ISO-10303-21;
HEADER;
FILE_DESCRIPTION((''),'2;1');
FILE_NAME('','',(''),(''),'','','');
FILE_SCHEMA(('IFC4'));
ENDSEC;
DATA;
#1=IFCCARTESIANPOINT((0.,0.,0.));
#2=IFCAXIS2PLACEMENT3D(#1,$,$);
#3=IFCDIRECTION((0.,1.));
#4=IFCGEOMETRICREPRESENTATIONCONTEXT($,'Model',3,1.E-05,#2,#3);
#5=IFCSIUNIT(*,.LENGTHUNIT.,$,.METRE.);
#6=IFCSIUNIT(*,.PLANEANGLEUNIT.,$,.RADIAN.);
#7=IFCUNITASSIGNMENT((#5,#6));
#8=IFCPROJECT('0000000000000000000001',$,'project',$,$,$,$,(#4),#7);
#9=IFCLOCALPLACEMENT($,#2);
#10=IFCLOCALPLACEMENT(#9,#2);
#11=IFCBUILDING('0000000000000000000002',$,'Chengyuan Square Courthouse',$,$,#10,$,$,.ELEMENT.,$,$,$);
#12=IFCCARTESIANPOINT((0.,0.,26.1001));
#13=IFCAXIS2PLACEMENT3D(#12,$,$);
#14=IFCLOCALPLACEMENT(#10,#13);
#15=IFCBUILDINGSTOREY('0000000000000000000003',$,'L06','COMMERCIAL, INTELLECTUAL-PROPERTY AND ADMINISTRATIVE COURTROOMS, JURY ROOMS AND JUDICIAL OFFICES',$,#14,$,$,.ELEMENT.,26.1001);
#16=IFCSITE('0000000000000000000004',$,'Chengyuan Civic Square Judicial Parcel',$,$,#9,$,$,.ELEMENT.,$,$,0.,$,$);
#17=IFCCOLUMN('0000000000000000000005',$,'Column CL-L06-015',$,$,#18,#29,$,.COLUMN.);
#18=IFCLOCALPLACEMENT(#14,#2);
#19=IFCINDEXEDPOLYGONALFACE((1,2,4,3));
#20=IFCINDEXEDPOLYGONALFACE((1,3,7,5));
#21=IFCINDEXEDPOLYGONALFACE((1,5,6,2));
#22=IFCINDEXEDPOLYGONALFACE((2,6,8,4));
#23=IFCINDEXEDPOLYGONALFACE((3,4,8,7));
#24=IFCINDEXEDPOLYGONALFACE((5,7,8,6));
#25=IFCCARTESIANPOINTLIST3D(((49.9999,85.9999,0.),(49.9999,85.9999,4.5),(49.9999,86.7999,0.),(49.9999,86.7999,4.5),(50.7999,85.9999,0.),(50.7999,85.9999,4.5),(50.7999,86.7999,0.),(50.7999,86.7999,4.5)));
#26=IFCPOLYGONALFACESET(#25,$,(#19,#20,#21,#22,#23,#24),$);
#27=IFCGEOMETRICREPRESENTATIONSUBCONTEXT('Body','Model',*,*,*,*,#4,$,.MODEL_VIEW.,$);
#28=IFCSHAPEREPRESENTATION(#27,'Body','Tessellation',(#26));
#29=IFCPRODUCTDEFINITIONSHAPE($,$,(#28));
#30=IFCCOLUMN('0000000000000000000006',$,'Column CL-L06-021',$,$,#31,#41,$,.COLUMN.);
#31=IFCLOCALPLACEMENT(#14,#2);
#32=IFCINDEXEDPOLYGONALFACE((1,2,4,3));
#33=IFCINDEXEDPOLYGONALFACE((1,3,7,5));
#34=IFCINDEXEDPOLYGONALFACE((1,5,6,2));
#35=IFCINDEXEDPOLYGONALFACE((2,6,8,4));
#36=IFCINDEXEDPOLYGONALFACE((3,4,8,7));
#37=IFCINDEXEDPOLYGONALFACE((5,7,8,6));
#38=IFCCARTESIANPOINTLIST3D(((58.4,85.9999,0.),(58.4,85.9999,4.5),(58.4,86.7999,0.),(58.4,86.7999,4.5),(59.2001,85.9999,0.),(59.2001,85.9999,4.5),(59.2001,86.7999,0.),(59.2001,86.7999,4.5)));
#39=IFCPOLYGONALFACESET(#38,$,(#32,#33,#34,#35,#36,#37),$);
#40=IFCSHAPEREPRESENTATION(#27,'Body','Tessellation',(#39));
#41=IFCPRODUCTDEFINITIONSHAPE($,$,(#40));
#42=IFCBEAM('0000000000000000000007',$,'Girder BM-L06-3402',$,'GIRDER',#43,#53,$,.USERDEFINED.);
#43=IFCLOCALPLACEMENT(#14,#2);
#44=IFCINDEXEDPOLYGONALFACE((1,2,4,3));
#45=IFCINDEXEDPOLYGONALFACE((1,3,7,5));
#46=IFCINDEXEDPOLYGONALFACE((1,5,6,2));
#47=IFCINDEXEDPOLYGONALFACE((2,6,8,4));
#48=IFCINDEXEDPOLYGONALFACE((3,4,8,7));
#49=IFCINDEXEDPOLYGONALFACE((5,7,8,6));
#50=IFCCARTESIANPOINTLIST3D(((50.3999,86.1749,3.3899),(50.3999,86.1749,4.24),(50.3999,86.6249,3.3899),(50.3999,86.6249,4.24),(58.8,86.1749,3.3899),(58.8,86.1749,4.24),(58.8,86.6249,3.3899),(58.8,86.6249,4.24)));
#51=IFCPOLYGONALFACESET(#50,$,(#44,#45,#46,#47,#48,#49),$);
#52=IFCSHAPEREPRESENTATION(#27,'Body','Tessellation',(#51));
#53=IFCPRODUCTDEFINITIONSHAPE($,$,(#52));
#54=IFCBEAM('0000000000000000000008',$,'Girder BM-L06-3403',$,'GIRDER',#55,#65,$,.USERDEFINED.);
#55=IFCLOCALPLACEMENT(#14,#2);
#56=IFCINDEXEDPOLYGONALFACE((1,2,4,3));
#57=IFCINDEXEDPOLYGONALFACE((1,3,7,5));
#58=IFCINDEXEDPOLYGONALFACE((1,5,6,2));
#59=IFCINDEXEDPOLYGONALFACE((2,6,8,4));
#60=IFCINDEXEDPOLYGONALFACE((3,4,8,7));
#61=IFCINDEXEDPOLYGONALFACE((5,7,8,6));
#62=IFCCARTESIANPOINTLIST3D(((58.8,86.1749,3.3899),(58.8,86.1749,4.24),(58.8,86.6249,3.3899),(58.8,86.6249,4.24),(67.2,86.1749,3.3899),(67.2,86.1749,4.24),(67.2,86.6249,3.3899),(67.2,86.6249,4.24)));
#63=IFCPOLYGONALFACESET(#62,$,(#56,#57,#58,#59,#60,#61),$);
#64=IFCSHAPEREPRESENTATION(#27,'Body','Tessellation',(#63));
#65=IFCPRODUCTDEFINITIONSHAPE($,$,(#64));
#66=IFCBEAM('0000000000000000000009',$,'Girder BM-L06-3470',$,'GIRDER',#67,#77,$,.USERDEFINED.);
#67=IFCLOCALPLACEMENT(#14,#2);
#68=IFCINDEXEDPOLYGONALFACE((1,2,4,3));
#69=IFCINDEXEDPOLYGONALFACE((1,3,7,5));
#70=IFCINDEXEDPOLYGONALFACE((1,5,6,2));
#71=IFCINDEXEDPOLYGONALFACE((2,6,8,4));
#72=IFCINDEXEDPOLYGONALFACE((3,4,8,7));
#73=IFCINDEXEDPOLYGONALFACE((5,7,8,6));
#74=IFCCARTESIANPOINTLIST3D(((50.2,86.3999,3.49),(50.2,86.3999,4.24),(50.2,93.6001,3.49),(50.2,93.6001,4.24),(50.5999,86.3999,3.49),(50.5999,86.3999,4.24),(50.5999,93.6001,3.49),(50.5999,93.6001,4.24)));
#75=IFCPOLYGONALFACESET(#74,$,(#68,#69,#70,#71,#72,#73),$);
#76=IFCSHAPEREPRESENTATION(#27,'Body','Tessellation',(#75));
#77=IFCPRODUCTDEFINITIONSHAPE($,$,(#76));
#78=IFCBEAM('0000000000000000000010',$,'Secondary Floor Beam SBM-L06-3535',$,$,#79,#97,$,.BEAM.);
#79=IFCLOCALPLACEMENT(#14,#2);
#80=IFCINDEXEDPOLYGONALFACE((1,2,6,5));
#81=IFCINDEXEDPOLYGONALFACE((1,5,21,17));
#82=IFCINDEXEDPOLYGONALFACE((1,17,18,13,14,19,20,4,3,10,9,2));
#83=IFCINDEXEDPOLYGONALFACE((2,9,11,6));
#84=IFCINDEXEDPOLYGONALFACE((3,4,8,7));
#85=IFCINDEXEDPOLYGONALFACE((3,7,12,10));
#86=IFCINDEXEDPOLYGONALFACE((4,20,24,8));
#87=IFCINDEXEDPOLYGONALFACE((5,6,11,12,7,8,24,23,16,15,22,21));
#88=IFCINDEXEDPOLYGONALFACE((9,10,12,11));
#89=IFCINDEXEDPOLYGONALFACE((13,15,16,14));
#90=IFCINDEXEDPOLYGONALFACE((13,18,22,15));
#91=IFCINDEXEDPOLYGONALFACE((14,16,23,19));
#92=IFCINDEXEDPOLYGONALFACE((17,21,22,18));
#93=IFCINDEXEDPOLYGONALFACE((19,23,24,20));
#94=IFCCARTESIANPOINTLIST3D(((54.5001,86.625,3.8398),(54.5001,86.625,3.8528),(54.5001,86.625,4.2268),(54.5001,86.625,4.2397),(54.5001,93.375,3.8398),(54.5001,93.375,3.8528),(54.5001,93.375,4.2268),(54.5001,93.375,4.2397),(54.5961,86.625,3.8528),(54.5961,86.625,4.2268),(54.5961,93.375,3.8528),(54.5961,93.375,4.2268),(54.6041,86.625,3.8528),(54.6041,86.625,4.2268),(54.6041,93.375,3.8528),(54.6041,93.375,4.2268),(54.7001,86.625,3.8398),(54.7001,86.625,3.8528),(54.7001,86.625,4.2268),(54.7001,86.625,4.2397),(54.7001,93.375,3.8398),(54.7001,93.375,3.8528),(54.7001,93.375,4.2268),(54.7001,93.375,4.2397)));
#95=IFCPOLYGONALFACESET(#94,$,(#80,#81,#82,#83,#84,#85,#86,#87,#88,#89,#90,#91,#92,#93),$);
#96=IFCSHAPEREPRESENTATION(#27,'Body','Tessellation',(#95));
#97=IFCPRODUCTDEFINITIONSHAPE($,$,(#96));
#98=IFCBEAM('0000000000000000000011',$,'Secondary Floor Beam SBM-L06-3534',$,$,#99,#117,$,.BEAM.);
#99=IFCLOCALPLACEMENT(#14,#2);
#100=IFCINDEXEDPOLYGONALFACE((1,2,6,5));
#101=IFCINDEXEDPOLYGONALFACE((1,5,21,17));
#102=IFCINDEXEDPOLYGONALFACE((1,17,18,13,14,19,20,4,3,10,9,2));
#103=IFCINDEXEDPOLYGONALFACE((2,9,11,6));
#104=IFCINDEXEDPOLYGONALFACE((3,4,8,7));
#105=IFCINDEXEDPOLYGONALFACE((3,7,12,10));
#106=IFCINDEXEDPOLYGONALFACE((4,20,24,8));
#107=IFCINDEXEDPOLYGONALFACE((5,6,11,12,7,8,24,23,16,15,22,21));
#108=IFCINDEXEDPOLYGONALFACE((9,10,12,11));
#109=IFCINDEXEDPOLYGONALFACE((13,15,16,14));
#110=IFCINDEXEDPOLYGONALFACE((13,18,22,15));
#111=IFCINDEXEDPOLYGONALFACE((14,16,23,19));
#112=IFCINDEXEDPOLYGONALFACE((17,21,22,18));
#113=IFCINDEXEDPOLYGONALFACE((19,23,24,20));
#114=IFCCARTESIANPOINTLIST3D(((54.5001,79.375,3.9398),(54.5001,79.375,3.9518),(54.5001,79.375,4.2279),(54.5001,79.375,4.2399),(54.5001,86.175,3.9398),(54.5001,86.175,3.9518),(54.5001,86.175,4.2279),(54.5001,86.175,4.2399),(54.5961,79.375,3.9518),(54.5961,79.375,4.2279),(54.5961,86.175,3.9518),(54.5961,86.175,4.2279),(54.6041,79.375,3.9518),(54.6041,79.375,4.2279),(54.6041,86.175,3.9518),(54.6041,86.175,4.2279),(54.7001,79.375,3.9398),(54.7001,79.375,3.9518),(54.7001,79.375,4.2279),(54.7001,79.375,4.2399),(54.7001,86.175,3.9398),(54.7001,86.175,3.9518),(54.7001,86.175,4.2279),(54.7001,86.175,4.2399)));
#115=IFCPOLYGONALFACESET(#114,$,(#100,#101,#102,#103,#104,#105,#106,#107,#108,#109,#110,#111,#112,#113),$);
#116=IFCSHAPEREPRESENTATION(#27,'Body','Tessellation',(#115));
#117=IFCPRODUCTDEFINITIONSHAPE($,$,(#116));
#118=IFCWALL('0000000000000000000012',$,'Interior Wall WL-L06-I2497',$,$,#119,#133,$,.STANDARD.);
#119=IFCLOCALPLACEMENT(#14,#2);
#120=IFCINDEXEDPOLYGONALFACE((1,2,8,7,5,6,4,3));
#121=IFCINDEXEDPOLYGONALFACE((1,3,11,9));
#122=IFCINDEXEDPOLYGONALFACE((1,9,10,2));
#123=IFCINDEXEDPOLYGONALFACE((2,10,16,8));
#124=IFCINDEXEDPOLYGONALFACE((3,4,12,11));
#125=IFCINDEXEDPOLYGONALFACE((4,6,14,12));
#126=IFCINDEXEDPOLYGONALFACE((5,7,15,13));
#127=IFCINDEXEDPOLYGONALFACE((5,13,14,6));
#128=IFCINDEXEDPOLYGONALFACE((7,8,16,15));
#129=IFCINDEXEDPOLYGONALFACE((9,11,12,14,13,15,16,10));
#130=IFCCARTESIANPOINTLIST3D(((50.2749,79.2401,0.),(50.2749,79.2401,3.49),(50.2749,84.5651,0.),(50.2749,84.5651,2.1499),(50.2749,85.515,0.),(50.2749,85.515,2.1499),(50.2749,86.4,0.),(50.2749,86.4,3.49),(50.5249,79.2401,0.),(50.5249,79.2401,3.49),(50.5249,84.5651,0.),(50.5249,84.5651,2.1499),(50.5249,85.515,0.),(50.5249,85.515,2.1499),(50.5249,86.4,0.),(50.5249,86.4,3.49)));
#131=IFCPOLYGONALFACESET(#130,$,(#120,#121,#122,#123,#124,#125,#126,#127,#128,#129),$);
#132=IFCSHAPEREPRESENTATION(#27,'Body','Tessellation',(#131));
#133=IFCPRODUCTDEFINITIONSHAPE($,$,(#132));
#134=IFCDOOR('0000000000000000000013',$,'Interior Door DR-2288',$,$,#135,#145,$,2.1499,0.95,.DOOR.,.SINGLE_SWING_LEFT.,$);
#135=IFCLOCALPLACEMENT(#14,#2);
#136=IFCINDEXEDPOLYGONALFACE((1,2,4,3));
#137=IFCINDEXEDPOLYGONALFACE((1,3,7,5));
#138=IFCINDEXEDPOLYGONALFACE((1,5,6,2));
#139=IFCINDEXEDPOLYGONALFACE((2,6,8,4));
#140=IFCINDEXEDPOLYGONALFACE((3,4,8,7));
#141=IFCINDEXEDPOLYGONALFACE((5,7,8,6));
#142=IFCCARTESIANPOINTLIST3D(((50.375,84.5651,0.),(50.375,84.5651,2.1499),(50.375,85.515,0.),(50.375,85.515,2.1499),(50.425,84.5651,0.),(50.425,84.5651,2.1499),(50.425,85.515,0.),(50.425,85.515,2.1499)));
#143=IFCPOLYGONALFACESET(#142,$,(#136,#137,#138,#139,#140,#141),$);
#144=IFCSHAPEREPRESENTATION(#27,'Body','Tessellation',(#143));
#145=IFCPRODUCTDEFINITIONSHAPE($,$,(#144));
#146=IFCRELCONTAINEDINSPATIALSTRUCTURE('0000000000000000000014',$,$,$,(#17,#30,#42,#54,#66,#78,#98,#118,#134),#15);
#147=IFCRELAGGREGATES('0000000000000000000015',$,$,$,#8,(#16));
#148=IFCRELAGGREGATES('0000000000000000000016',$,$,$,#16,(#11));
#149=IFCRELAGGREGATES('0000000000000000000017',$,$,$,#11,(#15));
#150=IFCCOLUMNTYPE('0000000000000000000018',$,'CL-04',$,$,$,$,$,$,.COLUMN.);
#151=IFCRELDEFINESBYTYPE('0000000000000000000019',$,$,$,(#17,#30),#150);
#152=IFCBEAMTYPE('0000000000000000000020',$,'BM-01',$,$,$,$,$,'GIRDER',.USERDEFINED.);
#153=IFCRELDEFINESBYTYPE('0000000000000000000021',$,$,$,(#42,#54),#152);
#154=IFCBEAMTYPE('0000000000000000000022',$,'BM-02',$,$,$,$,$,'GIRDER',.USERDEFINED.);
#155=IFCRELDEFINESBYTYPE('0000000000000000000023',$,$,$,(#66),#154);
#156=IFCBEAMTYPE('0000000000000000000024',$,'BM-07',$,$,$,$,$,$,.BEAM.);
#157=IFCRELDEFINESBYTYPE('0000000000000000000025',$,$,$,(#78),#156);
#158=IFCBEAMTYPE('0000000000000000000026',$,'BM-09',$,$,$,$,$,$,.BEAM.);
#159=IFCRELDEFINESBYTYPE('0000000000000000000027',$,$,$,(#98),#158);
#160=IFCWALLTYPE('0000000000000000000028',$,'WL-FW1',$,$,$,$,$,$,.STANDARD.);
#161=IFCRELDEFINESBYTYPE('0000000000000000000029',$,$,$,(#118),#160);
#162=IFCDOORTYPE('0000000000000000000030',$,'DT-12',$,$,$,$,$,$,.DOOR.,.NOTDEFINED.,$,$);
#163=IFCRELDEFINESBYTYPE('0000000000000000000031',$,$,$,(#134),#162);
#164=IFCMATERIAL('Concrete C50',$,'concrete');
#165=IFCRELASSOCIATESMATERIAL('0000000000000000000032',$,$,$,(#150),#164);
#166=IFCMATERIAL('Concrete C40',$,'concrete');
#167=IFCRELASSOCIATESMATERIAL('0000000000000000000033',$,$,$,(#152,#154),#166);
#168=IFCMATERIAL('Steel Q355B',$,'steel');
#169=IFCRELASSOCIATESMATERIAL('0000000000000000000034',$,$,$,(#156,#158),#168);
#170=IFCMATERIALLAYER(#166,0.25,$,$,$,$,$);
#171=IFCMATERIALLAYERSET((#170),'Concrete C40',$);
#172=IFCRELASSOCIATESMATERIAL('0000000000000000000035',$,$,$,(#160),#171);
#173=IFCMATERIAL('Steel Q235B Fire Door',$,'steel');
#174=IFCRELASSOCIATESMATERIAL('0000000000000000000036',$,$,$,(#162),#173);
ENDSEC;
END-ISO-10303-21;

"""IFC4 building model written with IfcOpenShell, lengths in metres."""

from ifc_helpers import new_model, si_unit, direction, frame, frame_2d, origin, origin_2d, place, context, subcontext, project, spatial, rectangle, i_section, extrude, material, layer, layer_set, material_profile, profile_set, type_object, element, fill, save


model = new_model("IFC4")

# Units and contexts
model_context = context("Model", 3, precision=1e-05, world=origin(), true_north=direction((0.0, 1.0)))
body_context = subcontext(model_context, "Body", "Model", "MODEL_VIEW")
ifc_project = project(units=[si_unit("LENGTHUNIT", "METRE"), si_unit("PLANEANGLEUNIT", "RADIAN")], contexts=[model_context])

# Site, building, storey
site_placement = place(None, origin())
site = spatial("IfcSite", under=ifc_project, at=site_placement, Name="Chengyuan Civic Square Judicial Parcel", CompositionType="ELEMENT", RefElevation=0.0)
building_placement = place(site_placement, origin())
building = spatial("IfcBuilding", under=site, at=building_placement, Name="Chengyuan Square Courthouse", CompositionType="ELEMENT")
storey_placement = place(building_placement, frame((0.0, 0.0, 26.1001)))
storey = spatial("IfcBuildingStorey", under=building, at=storey_placement, Name="L06", Description="COMMERCIAL, INTELLECTUAL-PROPERTY AND ADMINISTRATIVE COURTROOMS, JURY ROOMS AND JUDICIAL OFFICES", CompositionType="ELEMENT", Elevation=26.1001)

# Columns
ifc_material_1 = material(Name="Concrete C50", Category="concrete")
ifc_material_profile_1 = material_profile(ifc_material_1, rectangle(XDim=0.8, YDim=0.8, at=origin_2d()), Name="RC-COL-800x800")
ifc_profile_set_1 = profile_set([ifc_material_profile_1], Name="Concrete C50")
column_type = type_object("IfcColumnType", Name="CL-04", PredefinedType="COLUMN", material=ifc_profile_set_1)
for number, where, z_axis, x_axis, name in (
    (1, (50.3999, 86.3999, 0.0), (0.0, 0.0, 1.0), (1.0, 0.0, 0.0), "Column CL-L06-015"),
    (2, (58.8, 86.3999, 0.0), (0.0, 0.0, 1.0), (1.0, 0.0, 0.0), "Column CL-L06-021"),
):
    element("IfcColumn", number, at=place(storey_placement, frame(where, z_axis=z_axis, x_axis=x_axis)), inside=storey, type_object=column_type, Name=name, PredefinedType="COLUMN", context=body_context, shape_type="SweptSolid", body=[
        extrude(rectangle(XDim=0.8, YDim=0.8, at=origin_2d()), origin(), (0.0, 0.0, 1.0), 4.5),
    ])

# Beams
ifc_material_2 = material(Name="Concrete C40", Category="concrete")
ifc_material_profile_2 = material_profile(ifc_material_2, rectangle(XDim=0.45, YDim=0.8501, at=origin_2d()), Name="RC-BM-450x850")
ifc_profile_set_2 = profile_set([ifc_material_profile_2], Name="Concrete C40")
beam_type_1 = type_object("IfcBeamType", Name="BM-01", ElementType="GIRDER", PredefinedType="USERDEFINED", material=ifc_profile_set_2)
beam_1_placement = place(storey_placement, frame((50.3999, 86.3999, 3.8149), z_axis=(1.0, 0.0, 0.0), x_axis=(0.0, 1.0, 0.0)))
element("IfcBeam", 3, at=beam_1_placement, inside=storey, type_object=beam_type_1, Name="Girder BM-L06-3402", ObjectType="GIRDER", PredefinedType="USERDEFINED", context=body_context, shape_type="SweptSolid", body=[
    extrude(rectangle(XDim=0.45, YDim=0.8501, at=origin_2d()), origin(), (0.0, 0.0, 1.0), 8.4001),
])
beam_2_placement = place(storey_placement, frame((58.8, 86.3999, 3.8149), z_axis=(1.0, 0.0, 0.0), x_axis=(0.0, 1.0, 0.0)))
element("IfcBeam", 4, at=beam_2_placement, inside=storey, type_object=beam_type_1, Name="Girder BM-L06-3403", ObjectType="GIRDER", PredefinedType="USERDEFINED", context=body_context, shape_type="SweptSolid", body=[
    extrude(rectangle(XDim=0.45, YDim=0.8501, at=origin_2d()), origin(), (0.0, 0.0, 1.0), 8.3999),
])
ifc_material_profile_3 = material_profile(ifc_material_2, rectangle(XDim=0.3999, YDim=0.75, at=origin_2d()), Name="RC-BM-400x750")
ifc_profile_set_3 = profile_set([ifc_material_profile_3], Name="Concrete C40")
beam_type_2 = type_object("IfcBeamType", Name="BM-02", ElementType="GIRDER", PredefinedType="USERDEFINED", material=ifc_profile_set_3)
beam_3_placement = place(storey_placement, frame((50.3999, 86.3999, 3.865), z_axis=(0.0, 1.0, 0.0), x_axis=(-1.0, 0.0, 0.0)))
element("IfcBeam", 5, at=beam_3_placement, inside=storey, type_object=beam_type_2, Name="Girder BM-L06-3470", ObjectType="GIRDER", PredefinedType="USERDEFINED", context=body_context, shape_type="SweptSolid", body=[
    extrude(rectangle(XDim=0.3999, YDim=0.75, at=origin_2d()), origin(), (0.0, 0.0, 1.0), 7.2002),
])
ifc_material_3 = material(Name="Steel Q355B", Category="steel")
ifc_material_profile_4 = material_profile(ifc_material_3, i_section(OverallWidth=0.2, OverallDepth=0.3999, WebThickness=0.0081, FlangeThickness=0.0129, at=origin_2d()), Name="HN 400x200x8x13")
ifc_profile_set_4 = profile_set([ifc_material_profile_4], Name="Steel Q355B")
beam_type_3 = type_object("IfcBeamType", Name="BM-07", PredefinedType="BEAM", material=ifc_profile_set_4)
beam_4_placement = place(storey_placement, frame((54.6001, 86.625, 4.0398), z_axis=(0.0, 1.0, 0.0), x_axis=(-1.0, 0.0, 0.0)))
element("IfcBeam", 6, at=beam_4_placement, inside=storey, type_object=beam_type_3, Name="Secondary Floor Beam SBM-L06-3535", PredefinedType="BEAM", context=body_context, shape_type="SweptSolid", body=[
    extrude(i_section(OverallWidth=0.2, OverallDepth=0.3999, WebThickness=0.0081, FlangeThickness=0.0129, at=origin_2d()), origin(), (0.0, 0.0, 1.0), 6.75),
])
ifc_material_profile_5 = material_profile(ifc_material_3, i_section(OverallWidth=0.2, OverallDepth=0.3, WebThickness=0.0081, FlangeThickness=0.012, at=origin_2d()), Name="HM 300x200x8x12")
ifc_profile_set_5 = profile_set([ifc_material_profile_5], Name="Steel Q355B")
beam_type_4 = type_object("IfcBeamType", Name="BM-09", PredefinedType="BEAM", material=ifc_profile_set_5)
beam_5_placement = place(storey_placement, frame((54.6001, 79.375, 4.0898), z_axis=(0.0, 1.0, 0.0), x_axis=(-1.0, 0.0, 0.0)))
element("IfcBeam", 7, at=beam_5_placement, inside=storey, type_object=beam_type_4, Name="Secondary Floor Beam SBM-L06-3534", PredefinedType="BEAM", context=body_context, shape_type="SweptSolid", body=[
    extrude(i_section(OverallWidth=0.2, OverallDepth=0.3, WebThickness=0.0081, FlangeThickness=0.012, at=origin_2d()), origin(), (0.0, 0.0, 1.0), 6.8),
])

# Wall, opening, door
ifc_layer_1 = layer(ifc_material_2, 0.25)
ifc_layer_set_1 = layer_set([ifc_layer_1], Name="Concrete C40")
wall_type_1 = type_object("IfcWallType", Name="WL-FW1", PredefinedType="STANDARD", material=ifc_layer_set_1)
wall_1_placement = place(storey_placement, frame((50.3999, 79.24, 0.0), z_axis=(0.0, 0.0, 1.0), x_axis=(0.0, 1.0, 0.0)))
wall_1 = element("IfcWall", 8, at=wall_1_placement, inside=storey, type_object=wall_type_1, Name="Interior Wall WL-L06-I2497", PredefinedType="STANDARD", context=body_context, shape_type="SweptSolid", body=[
    extrude(rectangle(XDim=7.1599, YDim=0.25, at=frame_2d((3.5801, 0.0))), origin(), (0.0, 0.0, 1.0), 3.49),
])
opening_1_placement = place(wall_1_placement, frame((5.325, 0.0, 0.0)))
opening_1 = element("IfcOpeningElement", 9, at=opening_1_placement, cuts=wall_1, PredefinedType="OPENING", context=body_context, shape_type="SweptSolid", body=[
    extrude(rectangle(XDim=0.95, YDim=2.1499, at=frame_2d((0.4751, 1.075))), frame((0.0, 0.137, 0.0), z_axis=(0.0, -1.0, 0.0), x_axis=(1.0, 0.0, 0.0)), (0.0, 0.0, 1.0), 0.2739),
])
ifc_material_4 = material(Name="Steel Q235B Fire Door", Category="steel")
door_type_1 = type_object("IfcDoorType", Name="DT-12", OperationType="NOTDEFINED", PredefinedType="DOOR", material=ifc_material_4)
door_1_placement = place(opening_1_placement, origin())
door_1 = element("IfcDoor", 10, at=door_1_placement, inside=storey, type_object=door_type_1, Name="Interior Door DR-2288", OperationType="SINGLE_SWING_LEFT", OverallHeight=2.1499, OverallWidth=0.95, PredefinedType="DOOR", context=body_context, shape_type="SweptSolid", body=[
    extrude(rectangle(XDim=0.95, YDim=2.1499, at=frame_2d((0.4751, 1.075))), frame((0.0, 0.0249, 0.0), z_axis=(0.0, -1.0, 0.0), x_axis=(1.0, 0.0, 0.0)), (0.0, 0.0, 1.0), 0.05),
])
fill(opening_1, door_1)

save(model, "model.ifc")
